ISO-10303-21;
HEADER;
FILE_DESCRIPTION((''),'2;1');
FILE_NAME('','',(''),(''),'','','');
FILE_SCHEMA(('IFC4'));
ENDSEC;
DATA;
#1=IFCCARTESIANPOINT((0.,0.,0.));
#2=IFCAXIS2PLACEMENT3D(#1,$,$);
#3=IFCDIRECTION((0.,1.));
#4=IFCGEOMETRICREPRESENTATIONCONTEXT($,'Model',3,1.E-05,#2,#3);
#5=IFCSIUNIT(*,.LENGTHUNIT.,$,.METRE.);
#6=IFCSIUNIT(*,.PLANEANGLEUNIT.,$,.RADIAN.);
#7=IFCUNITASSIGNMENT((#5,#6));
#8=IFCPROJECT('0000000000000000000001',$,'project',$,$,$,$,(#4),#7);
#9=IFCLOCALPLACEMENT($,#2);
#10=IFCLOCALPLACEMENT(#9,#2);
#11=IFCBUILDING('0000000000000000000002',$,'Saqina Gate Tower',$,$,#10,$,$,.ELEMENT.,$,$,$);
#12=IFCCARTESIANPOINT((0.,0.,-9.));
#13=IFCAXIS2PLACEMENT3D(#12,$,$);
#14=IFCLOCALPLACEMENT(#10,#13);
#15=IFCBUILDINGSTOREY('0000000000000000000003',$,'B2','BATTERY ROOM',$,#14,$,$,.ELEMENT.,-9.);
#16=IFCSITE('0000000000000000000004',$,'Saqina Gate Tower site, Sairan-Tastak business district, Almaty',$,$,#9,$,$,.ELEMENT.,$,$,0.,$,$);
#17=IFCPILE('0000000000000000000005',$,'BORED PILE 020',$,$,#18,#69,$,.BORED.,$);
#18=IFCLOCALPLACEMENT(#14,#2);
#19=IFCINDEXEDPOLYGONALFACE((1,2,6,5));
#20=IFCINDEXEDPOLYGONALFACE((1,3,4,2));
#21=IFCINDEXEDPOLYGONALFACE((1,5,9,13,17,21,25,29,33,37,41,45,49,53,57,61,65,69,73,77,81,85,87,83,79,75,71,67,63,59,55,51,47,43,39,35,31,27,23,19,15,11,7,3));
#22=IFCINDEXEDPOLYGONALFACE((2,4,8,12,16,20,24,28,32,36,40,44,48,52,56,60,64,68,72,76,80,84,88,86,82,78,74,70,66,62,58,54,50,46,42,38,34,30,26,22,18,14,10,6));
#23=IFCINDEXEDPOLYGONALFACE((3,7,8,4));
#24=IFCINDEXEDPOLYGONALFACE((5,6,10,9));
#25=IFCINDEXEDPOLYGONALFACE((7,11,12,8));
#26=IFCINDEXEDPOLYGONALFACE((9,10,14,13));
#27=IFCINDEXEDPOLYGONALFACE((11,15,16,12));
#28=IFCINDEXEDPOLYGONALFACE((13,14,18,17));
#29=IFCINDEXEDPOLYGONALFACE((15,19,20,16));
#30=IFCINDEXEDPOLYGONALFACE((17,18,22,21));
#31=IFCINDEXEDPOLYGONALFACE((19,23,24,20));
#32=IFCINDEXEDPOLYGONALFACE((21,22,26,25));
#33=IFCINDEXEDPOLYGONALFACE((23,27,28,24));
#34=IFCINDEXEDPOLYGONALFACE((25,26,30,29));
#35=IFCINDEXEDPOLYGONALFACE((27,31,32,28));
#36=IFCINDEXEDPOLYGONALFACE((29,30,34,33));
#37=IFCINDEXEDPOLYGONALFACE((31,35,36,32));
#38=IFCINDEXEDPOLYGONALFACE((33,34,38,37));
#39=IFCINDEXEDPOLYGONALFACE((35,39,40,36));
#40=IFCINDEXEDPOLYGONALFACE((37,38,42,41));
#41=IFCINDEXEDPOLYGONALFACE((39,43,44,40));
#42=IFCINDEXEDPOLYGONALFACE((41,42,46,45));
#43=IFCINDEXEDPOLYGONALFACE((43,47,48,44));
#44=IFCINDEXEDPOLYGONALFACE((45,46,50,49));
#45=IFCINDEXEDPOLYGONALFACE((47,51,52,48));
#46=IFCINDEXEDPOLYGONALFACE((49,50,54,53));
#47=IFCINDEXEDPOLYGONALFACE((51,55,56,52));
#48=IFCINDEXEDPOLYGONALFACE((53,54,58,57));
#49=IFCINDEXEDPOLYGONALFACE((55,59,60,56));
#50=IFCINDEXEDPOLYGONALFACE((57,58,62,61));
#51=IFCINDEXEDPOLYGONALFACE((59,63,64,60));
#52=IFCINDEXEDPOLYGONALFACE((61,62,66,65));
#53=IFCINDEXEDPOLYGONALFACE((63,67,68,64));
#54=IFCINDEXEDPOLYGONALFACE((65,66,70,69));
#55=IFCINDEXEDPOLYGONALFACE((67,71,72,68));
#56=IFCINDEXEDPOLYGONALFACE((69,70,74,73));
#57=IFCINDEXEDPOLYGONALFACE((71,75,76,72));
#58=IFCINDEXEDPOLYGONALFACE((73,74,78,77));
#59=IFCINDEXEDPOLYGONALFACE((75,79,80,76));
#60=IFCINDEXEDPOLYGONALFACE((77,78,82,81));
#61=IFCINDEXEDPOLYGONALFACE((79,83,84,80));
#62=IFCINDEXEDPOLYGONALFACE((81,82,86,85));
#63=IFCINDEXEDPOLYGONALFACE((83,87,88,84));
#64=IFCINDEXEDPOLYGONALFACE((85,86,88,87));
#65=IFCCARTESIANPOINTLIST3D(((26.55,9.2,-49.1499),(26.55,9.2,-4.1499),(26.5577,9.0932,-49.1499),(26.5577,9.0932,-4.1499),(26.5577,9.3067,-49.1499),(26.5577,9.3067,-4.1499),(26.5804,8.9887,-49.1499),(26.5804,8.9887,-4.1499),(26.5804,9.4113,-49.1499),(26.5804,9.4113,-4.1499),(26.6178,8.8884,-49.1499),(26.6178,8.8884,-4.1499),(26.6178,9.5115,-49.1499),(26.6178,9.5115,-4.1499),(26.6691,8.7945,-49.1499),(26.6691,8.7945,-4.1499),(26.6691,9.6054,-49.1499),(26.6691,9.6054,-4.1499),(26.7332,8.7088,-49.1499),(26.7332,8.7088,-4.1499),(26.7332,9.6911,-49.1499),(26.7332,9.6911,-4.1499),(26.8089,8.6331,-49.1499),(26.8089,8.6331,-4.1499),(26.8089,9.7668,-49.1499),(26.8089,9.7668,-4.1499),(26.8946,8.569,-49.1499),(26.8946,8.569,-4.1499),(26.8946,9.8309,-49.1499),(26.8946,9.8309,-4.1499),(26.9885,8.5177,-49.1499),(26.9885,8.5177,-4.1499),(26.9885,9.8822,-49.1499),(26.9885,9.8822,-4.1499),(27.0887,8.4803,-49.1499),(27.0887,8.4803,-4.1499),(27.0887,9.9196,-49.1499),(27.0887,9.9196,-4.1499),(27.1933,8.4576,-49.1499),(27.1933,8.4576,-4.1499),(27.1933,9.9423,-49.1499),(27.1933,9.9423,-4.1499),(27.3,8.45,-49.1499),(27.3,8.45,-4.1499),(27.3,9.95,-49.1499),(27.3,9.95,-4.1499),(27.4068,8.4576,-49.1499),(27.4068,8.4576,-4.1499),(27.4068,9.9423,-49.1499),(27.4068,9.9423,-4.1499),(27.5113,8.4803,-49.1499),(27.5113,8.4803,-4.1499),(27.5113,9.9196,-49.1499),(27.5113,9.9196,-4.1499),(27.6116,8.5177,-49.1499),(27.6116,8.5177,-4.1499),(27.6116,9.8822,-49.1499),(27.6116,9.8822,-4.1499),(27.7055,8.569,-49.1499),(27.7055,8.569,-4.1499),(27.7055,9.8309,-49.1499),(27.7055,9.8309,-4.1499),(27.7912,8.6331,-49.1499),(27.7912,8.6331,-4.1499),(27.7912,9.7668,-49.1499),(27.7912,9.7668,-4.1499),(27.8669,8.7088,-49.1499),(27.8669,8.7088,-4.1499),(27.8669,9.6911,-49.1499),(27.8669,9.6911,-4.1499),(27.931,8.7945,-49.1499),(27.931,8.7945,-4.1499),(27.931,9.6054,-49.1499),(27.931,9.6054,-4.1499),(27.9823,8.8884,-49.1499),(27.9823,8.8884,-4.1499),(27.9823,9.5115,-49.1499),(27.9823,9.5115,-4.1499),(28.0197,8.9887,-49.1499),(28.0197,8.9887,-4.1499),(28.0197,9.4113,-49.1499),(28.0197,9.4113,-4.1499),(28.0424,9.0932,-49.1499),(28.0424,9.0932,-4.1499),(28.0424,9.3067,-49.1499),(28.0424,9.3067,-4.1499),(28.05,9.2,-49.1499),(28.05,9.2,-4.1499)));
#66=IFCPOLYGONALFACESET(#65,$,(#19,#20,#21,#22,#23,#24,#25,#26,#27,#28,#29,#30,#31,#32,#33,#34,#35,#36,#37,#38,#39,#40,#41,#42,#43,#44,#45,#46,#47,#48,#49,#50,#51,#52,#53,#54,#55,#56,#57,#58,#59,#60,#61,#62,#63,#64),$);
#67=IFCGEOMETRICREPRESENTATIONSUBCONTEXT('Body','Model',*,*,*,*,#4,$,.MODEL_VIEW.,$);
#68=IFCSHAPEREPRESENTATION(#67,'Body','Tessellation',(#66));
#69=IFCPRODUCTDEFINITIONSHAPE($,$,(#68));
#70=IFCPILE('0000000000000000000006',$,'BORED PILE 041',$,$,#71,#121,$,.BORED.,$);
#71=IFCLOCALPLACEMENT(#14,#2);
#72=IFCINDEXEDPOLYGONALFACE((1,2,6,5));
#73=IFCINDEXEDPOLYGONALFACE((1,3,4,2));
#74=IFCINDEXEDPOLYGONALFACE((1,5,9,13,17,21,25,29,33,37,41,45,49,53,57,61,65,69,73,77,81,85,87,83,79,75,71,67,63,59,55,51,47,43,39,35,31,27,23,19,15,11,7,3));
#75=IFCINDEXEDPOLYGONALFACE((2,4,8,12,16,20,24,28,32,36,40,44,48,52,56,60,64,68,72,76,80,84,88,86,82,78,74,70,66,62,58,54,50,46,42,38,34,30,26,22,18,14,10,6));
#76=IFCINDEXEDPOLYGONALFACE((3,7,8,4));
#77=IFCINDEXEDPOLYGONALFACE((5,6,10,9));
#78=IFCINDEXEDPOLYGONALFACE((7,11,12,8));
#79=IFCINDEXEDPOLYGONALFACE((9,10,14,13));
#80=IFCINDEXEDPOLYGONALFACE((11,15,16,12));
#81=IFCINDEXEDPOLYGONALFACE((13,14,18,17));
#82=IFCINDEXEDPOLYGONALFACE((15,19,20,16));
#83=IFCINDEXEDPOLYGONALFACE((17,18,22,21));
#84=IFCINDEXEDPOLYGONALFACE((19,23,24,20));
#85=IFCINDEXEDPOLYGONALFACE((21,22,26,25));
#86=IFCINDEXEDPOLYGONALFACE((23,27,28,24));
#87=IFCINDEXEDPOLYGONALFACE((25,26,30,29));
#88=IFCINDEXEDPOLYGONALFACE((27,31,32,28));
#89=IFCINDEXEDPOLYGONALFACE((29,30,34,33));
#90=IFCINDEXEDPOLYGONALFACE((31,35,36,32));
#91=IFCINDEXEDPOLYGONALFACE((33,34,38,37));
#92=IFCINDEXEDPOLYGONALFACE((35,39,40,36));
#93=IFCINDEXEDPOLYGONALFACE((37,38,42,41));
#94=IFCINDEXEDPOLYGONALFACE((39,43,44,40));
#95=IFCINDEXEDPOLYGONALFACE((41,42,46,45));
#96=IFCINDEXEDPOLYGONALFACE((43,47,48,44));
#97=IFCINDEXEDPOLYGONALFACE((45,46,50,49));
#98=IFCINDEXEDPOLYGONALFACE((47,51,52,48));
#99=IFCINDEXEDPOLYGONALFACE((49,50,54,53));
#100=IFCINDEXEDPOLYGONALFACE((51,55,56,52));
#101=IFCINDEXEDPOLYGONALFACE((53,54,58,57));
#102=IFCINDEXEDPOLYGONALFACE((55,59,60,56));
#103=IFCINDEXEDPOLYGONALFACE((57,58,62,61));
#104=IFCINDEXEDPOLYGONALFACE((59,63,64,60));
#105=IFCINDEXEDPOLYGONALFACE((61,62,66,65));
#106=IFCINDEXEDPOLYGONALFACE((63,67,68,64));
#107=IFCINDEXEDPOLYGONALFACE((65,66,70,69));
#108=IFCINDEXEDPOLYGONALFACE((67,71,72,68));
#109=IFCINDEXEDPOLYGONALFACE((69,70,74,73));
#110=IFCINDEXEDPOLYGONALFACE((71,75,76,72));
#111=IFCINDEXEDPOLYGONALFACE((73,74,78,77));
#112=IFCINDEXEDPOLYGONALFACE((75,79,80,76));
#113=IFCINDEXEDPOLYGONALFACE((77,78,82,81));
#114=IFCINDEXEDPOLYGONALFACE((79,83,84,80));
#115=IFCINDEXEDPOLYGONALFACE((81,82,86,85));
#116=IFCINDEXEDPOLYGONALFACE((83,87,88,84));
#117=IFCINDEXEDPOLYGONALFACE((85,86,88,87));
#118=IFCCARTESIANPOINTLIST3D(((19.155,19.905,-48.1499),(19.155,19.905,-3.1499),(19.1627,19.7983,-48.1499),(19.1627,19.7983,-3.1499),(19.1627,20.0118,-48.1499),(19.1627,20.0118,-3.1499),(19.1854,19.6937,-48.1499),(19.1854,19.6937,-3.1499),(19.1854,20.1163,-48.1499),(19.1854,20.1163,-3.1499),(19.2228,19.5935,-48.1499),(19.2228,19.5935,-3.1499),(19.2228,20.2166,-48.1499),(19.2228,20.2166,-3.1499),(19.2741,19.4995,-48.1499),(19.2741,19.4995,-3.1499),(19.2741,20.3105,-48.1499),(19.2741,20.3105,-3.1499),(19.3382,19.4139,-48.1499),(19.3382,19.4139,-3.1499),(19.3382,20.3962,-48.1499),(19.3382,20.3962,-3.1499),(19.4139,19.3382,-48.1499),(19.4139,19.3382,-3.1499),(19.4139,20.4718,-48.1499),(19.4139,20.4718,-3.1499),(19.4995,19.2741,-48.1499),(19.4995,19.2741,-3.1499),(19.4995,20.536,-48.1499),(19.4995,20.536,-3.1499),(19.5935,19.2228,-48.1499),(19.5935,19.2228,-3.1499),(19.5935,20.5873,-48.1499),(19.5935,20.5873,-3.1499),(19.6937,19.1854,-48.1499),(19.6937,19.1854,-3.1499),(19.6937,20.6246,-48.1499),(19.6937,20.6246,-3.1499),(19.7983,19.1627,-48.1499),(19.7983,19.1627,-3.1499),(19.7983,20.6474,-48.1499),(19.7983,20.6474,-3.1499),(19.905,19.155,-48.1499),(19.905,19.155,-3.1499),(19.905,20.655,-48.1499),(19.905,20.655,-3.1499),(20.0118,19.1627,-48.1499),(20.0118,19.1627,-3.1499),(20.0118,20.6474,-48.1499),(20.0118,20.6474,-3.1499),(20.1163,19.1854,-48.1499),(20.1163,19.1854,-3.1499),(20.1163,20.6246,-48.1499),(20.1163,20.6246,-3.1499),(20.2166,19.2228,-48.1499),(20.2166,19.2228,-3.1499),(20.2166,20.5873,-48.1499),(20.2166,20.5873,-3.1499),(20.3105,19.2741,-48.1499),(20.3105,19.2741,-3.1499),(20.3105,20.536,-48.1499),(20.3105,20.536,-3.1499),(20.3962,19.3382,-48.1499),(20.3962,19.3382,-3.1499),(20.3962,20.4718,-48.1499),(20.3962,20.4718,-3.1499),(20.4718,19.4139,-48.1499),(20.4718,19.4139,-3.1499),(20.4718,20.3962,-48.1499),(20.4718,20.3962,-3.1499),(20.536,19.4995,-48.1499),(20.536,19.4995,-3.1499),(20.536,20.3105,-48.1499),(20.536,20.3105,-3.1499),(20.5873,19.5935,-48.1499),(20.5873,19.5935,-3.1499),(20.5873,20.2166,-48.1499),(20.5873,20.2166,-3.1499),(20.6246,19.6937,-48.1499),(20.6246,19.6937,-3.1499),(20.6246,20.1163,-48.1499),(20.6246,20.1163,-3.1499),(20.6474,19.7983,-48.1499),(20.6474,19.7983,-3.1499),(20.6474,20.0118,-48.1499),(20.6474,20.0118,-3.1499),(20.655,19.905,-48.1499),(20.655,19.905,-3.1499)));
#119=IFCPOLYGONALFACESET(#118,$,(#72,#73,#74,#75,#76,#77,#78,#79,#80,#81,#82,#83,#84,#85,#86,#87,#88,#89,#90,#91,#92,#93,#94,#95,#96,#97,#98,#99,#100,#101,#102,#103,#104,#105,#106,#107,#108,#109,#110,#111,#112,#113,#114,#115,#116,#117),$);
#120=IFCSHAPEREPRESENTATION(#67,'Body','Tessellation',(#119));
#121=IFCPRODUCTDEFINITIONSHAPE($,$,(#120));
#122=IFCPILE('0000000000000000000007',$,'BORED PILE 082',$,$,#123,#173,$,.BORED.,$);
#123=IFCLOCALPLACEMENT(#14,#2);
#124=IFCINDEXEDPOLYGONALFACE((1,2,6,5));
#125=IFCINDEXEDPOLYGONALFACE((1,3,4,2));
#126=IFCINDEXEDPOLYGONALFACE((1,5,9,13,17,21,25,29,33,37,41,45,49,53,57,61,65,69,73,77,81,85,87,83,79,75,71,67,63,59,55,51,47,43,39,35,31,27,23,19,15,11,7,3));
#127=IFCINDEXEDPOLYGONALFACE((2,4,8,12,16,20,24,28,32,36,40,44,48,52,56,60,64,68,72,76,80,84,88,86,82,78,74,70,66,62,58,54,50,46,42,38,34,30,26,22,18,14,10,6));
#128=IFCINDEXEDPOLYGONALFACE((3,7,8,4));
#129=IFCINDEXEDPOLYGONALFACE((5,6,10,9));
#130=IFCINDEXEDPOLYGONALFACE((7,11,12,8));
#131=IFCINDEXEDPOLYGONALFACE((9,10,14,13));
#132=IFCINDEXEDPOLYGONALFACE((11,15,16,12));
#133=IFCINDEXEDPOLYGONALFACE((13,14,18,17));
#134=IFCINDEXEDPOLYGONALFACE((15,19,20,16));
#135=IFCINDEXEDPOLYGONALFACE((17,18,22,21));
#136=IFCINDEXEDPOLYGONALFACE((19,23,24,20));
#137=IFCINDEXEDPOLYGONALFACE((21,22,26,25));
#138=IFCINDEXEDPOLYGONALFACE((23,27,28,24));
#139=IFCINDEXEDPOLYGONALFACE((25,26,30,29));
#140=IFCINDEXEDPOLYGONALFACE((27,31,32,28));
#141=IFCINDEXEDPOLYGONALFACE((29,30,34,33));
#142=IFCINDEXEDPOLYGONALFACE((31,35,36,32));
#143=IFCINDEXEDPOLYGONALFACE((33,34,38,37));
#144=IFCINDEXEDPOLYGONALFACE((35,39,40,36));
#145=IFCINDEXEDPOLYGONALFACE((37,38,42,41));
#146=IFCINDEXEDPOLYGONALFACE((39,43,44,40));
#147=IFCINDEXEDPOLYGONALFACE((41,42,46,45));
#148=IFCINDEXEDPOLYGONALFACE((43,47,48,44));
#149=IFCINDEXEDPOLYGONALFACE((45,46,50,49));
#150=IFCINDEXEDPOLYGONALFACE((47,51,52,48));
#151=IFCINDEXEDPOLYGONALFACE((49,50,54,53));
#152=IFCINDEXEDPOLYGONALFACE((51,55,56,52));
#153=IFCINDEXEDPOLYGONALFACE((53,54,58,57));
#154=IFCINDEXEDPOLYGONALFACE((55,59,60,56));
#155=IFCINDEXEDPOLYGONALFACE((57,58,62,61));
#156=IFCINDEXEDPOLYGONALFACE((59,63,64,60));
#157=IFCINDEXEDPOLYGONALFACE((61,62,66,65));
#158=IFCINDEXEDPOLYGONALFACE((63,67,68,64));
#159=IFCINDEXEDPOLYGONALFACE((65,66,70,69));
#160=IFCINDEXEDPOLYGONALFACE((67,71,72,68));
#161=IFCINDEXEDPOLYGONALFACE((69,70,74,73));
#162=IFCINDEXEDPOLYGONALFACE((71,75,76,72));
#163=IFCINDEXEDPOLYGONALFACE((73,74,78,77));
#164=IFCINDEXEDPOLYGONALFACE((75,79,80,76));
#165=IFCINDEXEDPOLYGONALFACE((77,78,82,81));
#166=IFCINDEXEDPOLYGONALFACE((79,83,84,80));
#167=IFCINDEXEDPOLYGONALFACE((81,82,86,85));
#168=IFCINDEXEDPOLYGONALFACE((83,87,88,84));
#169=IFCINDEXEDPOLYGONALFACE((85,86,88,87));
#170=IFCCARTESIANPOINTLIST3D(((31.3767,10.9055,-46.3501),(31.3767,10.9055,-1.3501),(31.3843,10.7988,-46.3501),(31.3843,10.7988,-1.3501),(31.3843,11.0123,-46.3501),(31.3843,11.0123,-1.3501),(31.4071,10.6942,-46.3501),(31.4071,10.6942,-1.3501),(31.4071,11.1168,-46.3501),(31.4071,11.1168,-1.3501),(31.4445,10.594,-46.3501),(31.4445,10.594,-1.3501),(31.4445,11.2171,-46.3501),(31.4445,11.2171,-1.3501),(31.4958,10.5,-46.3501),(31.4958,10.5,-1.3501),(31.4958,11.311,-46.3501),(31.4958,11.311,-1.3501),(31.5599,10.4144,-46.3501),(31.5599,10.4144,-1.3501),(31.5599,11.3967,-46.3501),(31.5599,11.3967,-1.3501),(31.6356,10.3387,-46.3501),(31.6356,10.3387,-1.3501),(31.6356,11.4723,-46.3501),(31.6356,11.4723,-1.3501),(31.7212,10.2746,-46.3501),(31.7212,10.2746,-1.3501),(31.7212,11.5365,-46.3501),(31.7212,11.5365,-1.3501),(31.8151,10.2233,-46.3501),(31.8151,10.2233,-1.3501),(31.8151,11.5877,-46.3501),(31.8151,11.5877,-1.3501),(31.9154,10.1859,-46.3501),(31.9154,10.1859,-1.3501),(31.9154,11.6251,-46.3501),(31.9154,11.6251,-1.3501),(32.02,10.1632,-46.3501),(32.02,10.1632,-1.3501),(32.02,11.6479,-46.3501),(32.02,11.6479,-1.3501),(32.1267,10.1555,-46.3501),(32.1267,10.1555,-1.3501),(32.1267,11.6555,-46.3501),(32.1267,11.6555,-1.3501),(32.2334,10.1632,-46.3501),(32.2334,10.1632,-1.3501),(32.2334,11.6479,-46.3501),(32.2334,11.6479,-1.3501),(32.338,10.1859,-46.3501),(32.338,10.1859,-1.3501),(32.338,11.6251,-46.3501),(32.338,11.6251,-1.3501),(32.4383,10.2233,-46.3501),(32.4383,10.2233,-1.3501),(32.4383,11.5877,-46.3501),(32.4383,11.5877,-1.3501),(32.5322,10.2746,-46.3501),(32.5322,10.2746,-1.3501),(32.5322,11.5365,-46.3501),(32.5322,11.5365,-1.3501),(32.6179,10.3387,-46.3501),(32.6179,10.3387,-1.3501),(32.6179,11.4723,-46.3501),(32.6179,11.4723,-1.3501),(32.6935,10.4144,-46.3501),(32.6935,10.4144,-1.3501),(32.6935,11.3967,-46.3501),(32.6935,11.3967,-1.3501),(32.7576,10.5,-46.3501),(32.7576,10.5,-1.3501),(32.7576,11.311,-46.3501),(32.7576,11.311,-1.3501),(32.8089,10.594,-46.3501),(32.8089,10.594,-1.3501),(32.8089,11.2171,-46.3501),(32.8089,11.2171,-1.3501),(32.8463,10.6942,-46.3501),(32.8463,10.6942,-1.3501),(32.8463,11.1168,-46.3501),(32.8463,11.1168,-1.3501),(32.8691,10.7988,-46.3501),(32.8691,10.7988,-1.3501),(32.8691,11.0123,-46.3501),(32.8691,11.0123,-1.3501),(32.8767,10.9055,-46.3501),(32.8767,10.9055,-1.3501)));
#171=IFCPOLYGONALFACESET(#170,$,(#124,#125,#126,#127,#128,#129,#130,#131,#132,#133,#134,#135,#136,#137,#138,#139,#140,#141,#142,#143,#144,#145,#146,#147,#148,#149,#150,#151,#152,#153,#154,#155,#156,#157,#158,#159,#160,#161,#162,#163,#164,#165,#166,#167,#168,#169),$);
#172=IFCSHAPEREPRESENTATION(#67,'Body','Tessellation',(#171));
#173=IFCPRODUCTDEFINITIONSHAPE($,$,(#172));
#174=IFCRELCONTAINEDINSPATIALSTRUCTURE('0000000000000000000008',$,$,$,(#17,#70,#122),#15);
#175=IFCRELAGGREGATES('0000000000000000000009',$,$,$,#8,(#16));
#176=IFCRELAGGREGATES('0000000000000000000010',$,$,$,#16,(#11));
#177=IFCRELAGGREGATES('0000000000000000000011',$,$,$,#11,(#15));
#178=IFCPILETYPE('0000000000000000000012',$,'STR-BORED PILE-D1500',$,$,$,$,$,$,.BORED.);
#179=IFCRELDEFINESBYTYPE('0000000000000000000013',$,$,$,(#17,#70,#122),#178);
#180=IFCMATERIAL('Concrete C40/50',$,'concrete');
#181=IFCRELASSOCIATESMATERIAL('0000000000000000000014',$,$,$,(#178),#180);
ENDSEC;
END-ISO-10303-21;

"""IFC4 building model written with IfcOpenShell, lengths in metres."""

from ifc_helpers import new_model, si_unit, direction, frame, origin, origin_2d, place, context, subcontext, project, spatial, circle, extrude, material, material_profile, profile_set, type_object, element, save


model = new_model("IFC4")

# Units and contexts
model_context = context("Model", 3, precision=1e-05, world=origin(), true_north=direction((0.0, 1.0)))
body_context = subcontext(model_context, "Body", "Model", "MODEL_VIEW")
ifc_project = project(units=[si_unit("LENGTHUNIT", "METRE"), si_unit("PLANEANGLEUNIT", "RADIAN")], contexts=[model_context])

# Site, building, storey
site_placement = place(None, origin())
site = spatial("IfcSite", under=ifc_project, at=site_placement, Name="Saqina Gate Tower site, Sairan-Tastak business district, Almaty", CompositionType="ELEMENT", RefElevation=0.0)
building_placement = place(site_placement, origin())
building = spatial("IfcBuilding", under=site, at=building_placement, Name="Saqina Gate Tower", CompositionType="ELEMENT")
storey_placement = place(building_placement, frame((0.0, 0.0, -9.0)))
storey = spatial("IfcBuildingStorey", under=building, at=storey_placement, Name="B2", Description="BATTERY ROOM", CompositionType="ELEMENT", Elevation=-9.0)

# Piles
ifc_material_1 = material(Name="Concrete C40/50", Category="concrete")
ifc_material_profile_1 = material_profile(ifc_material_1, circle(Radius=0.75, at=origin_2d()), Name="RC D1500")
ifc_profile_set_1 = profile_set([ifc_material_profile_1], Name="Concrete C40/50")
pile_type = type_object("IfcPileType", Name="STR-BORED PILE-D1500", PredefinedType="BORED", material=ifc_profile_set_1)
for number, where, z_axis, x_axis, name in (
    (1, (27.3, 9.2, -4.1499), (0.0, 0.0, -1.0), (1.0, 0.0, 0.0), "BORED PILE 020"),
    (2, (19.905, 19.905, -3.1499), (0.0, 0.0, -1.0), (1.0, 0.0, 0.0), "BORED PILE 041"),
    (3, (32.1267, 10.9055, -1.3501), (0.0, 0.0, -1.0), (1.0, 0.0, 0.0), "BORED PILE 082"),
):
    element("IfcPile", number, at=place(storey_placement, frame(where, z_axis=z_axis, x_axis=x_axis)), inside=storey, type_object=pile_type, Name=name, PredefinedType="BORED", context=body_context, shape_type="SweptSolid", body=[
        extrude(circle(Radius=0.75, at=origin_2d()), origin(), (0.0, 0.0, 1.0), 45.0),
    ])

save(model, "model.ifc")
